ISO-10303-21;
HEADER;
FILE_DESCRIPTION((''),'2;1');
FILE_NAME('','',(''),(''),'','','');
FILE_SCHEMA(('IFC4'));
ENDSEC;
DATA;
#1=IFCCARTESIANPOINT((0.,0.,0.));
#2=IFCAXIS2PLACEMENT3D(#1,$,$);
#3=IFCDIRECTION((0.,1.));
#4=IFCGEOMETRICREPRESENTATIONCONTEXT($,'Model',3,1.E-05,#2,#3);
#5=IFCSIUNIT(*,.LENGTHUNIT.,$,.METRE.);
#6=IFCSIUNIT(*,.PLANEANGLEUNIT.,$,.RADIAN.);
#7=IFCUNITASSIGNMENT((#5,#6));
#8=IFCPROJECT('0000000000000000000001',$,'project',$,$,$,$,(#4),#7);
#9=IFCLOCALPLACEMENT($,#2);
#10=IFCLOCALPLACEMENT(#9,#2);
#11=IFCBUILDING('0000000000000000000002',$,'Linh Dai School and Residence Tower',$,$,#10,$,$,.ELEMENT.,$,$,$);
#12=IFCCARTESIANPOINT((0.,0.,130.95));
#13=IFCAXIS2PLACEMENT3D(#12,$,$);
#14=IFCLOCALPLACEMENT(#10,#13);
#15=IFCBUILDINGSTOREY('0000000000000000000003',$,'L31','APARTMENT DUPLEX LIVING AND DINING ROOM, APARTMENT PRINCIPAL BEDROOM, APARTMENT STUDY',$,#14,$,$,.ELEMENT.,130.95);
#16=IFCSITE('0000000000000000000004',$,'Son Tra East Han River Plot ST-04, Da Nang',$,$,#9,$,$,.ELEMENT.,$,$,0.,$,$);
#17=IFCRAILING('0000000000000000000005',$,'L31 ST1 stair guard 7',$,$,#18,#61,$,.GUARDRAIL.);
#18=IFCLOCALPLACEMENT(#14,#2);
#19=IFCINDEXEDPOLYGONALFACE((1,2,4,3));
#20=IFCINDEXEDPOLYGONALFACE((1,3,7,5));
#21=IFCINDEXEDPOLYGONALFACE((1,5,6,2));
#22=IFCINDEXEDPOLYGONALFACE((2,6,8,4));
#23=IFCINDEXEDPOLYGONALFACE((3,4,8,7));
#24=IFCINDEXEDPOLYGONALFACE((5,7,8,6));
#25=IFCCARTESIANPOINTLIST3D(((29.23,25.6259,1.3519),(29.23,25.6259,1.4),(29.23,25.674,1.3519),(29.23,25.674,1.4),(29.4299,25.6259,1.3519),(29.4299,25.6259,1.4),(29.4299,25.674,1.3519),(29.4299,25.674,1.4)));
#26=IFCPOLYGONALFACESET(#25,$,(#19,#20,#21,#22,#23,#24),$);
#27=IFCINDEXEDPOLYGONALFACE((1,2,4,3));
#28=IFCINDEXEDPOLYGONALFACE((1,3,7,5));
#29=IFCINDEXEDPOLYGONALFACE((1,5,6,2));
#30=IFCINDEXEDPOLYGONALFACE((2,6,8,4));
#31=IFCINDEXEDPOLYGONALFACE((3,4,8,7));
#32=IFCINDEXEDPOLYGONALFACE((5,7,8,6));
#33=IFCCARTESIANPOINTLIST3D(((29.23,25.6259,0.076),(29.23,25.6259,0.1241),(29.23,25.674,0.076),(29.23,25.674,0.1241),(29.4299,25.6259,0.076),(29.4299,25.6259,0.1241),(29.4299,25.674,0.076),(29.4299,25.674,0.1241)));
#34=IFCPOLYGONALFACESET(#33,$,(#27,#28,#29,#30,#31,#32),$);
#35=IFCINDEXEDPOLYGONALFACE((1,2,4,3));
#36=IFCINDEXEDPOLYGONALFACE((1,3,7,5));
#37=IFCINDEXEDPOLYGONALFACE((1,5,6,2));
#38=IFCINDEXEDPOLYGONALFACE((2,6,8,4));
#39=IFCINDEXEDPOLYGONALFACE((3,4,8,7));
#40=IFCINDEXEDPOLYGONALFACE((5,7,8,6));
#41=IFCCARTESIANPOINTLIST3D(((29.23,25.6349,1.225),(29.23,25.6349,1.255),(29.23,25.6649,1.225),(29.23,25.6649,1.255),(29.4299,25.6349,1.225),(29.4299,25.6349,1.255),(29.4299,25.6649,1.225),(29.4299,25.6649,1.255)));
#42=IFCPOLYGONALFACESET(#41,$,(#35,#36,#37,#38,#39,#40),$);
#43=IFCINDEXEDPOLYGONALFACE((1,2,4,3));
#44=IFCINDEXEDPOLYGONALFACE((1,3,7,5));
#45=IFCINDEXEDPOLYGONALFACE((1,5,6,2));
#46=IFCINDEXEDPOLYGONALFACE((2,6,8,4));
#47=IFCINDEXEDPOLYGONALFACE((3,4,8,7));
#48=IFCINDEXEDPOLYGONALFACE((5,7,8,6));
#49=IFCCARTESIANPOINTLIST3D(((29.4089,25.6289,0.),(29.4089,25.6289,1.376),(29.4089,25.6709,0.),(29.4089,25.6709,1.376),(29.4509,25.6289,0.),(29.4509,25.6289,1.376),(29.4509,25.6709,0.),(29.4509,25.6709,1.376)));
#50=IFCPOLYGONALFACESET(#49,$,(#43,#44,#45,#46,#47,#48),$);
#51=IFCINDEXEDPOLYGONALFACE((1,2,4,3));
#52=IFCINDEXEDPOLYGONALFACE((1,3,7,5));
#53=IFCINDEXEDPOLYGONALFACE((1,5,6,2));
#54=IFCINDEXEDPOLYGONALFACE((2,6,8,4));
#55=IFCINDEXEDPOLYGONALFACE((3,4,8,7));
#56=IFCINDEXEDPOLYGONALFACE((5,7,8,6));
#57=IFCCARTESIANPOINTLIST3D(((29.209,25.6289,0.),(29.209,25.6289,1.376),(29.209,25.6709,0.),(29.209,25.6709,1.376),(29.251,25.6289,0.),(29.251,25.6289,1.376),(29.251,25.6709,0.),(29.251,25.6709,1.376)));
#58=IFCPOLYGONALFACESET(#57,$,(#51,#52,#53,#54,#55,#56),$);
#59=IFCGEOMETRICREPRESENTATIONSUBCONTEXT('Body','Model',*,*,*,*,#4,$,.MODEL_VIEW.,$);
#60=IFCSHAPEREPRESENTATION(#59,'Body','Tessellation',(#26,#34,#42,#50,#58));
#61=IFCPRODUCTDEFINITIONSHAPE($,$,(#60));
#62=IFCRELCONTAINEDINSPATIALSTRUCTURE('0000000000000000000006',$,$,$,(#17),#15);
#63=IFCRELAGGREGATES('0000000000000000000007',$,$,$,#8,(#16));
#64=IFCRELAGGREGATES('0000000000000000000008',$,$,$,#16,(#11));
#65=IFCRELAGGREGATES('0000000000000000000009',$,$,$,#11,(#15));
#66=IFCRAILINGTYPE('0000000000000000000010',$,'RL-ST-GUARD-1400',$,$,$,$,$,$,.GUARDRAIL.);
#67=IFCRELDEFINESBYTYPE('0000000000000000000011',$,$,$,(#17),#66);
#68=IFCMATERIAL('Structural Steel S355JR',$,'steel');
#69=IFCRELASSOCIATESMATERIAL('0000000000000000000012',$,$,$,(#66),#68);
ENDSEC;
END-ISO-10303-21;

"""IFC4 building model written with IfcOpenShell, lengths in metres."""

from ifc_helpers import new_model, si_unit, direction, frame, origin, origin_2d, place, context, subcontext, project, spatial, rectangle, extrude, source, transform, mapped, material, type_object, element, save


model = new_model("IFC4")

# Units and contexts
model_context = context("Model", 3, precision=1e-05, world=origin(), true_north=direction((0.0, 1.0)))
body_context = subcontext(model_context, "Body", "Model", "MODEL_VIEW")
ifc_project = project(units=[si_unit("LENGTHUNIT", "METRE"), si_unit("PLANEANGLEUNIT", "RADIAN")], contexts=[model_context])

# Site, building, storey
site_placement = place(None, origin())
site = spatial("IfcSite", under=ifc_project, at=site_placement, Name="Son Tra East Han River Plot ST-04, Da Nang", CompositionType="ELEMENT", RefElevation=0.0)
building_placement = place(site_placement, origin())
building = spatial("IfcBuilding", under=site, at=building_placement, Name="Linh Dai School and Residence Tower", CompositionType="ELEMENT")
storey_placement = place(building_placement, frame((0.0, 0.0, 130.95)))
storey = spatial("IfcBuildingStorey", under=building, at=storey_placement, Name="L31", Description="APARTMENT DUPLEX LIVING AND DINING ROOM, APARTMENT PRINCIPAL BEDROOM, APARTMENT STUDY", CompositionType="ELEMENT", Elevation=130.95)

# Shared definitions
ifc_material_1 = material(Name="Structural Steel S355JR", Category="steel")

# Railing
railing_type_1 = type_object("IfcRailingType", Name="RL-ST-GUARD-1400", PredefinedType="GUARDRAIL", material=ifc_material_1)
shared_shape_1 = source(origin(), body_context, "Body", "SweptSolid", [
    extrude(rectangle(XDim=0.0481, YDim=0.0481, at=origin_2d()), frame((0.0, 0.0, 1.376), z_axis=(-1.0, 0.0, 0.0), x_axis=(0.0, -1.0, 0.0)), (0.0, 0.0, 1.0), 0.2),
    extrude(rectangle(XDim=0.0481, YDim=0.0481, at=origin_2d()), frame((0.0, 0.0, 0.1001), z_axis=(-1.0, 0.0, 0.0), x_axis=(0.0, -1.0, 0.0)), (0.0, 0.0, 1.0), 0.2),
    extrude(rectangle(XDim=0.03, YDim=0.03, at=origin_2d()), frame((0.0, 0.0, 1.24), z_axis=(-1.0, 0.0, 0.0), x_axis=(0.0, -1.0, 0.0)), (0.0, 0.0, 1.0), 0.2),
    extrude(rectangle(XDim=0.042, YDim=0.042, at=origin_2d()), origin(), (0.0, 0.0, 1.0), 1.376),
    extrude(rectangle(XDim=0.042, YDim=0.042, at=origin_2d()), frame((-0.2, 0.0, 0.0)), (0.0, 0.0, 1.0), 1.376),
])
railing_1_placement = place(storey_placement, frame((29.4299, 25.6499, 0.0)))
element("IfcRailing", 1, at=railing_1_placement, inside=storey, type_object=railing_type_1, Name="L31 ST1 stair guard 7", PredefinedType="GUARDRAIL", context=body_context, shape_type="MappedRepresentation", body=[
    mapped(shared_shape_1, transform((0.0, 0.0, 0.0), x_axis=(1.0, 0.0, 0.0), y_axis=(0.0, 1.0, 0.0), z_axis=(0.0, 0.0, 1.0), scale=1.0)),
])

save(model, "model.ifc")
